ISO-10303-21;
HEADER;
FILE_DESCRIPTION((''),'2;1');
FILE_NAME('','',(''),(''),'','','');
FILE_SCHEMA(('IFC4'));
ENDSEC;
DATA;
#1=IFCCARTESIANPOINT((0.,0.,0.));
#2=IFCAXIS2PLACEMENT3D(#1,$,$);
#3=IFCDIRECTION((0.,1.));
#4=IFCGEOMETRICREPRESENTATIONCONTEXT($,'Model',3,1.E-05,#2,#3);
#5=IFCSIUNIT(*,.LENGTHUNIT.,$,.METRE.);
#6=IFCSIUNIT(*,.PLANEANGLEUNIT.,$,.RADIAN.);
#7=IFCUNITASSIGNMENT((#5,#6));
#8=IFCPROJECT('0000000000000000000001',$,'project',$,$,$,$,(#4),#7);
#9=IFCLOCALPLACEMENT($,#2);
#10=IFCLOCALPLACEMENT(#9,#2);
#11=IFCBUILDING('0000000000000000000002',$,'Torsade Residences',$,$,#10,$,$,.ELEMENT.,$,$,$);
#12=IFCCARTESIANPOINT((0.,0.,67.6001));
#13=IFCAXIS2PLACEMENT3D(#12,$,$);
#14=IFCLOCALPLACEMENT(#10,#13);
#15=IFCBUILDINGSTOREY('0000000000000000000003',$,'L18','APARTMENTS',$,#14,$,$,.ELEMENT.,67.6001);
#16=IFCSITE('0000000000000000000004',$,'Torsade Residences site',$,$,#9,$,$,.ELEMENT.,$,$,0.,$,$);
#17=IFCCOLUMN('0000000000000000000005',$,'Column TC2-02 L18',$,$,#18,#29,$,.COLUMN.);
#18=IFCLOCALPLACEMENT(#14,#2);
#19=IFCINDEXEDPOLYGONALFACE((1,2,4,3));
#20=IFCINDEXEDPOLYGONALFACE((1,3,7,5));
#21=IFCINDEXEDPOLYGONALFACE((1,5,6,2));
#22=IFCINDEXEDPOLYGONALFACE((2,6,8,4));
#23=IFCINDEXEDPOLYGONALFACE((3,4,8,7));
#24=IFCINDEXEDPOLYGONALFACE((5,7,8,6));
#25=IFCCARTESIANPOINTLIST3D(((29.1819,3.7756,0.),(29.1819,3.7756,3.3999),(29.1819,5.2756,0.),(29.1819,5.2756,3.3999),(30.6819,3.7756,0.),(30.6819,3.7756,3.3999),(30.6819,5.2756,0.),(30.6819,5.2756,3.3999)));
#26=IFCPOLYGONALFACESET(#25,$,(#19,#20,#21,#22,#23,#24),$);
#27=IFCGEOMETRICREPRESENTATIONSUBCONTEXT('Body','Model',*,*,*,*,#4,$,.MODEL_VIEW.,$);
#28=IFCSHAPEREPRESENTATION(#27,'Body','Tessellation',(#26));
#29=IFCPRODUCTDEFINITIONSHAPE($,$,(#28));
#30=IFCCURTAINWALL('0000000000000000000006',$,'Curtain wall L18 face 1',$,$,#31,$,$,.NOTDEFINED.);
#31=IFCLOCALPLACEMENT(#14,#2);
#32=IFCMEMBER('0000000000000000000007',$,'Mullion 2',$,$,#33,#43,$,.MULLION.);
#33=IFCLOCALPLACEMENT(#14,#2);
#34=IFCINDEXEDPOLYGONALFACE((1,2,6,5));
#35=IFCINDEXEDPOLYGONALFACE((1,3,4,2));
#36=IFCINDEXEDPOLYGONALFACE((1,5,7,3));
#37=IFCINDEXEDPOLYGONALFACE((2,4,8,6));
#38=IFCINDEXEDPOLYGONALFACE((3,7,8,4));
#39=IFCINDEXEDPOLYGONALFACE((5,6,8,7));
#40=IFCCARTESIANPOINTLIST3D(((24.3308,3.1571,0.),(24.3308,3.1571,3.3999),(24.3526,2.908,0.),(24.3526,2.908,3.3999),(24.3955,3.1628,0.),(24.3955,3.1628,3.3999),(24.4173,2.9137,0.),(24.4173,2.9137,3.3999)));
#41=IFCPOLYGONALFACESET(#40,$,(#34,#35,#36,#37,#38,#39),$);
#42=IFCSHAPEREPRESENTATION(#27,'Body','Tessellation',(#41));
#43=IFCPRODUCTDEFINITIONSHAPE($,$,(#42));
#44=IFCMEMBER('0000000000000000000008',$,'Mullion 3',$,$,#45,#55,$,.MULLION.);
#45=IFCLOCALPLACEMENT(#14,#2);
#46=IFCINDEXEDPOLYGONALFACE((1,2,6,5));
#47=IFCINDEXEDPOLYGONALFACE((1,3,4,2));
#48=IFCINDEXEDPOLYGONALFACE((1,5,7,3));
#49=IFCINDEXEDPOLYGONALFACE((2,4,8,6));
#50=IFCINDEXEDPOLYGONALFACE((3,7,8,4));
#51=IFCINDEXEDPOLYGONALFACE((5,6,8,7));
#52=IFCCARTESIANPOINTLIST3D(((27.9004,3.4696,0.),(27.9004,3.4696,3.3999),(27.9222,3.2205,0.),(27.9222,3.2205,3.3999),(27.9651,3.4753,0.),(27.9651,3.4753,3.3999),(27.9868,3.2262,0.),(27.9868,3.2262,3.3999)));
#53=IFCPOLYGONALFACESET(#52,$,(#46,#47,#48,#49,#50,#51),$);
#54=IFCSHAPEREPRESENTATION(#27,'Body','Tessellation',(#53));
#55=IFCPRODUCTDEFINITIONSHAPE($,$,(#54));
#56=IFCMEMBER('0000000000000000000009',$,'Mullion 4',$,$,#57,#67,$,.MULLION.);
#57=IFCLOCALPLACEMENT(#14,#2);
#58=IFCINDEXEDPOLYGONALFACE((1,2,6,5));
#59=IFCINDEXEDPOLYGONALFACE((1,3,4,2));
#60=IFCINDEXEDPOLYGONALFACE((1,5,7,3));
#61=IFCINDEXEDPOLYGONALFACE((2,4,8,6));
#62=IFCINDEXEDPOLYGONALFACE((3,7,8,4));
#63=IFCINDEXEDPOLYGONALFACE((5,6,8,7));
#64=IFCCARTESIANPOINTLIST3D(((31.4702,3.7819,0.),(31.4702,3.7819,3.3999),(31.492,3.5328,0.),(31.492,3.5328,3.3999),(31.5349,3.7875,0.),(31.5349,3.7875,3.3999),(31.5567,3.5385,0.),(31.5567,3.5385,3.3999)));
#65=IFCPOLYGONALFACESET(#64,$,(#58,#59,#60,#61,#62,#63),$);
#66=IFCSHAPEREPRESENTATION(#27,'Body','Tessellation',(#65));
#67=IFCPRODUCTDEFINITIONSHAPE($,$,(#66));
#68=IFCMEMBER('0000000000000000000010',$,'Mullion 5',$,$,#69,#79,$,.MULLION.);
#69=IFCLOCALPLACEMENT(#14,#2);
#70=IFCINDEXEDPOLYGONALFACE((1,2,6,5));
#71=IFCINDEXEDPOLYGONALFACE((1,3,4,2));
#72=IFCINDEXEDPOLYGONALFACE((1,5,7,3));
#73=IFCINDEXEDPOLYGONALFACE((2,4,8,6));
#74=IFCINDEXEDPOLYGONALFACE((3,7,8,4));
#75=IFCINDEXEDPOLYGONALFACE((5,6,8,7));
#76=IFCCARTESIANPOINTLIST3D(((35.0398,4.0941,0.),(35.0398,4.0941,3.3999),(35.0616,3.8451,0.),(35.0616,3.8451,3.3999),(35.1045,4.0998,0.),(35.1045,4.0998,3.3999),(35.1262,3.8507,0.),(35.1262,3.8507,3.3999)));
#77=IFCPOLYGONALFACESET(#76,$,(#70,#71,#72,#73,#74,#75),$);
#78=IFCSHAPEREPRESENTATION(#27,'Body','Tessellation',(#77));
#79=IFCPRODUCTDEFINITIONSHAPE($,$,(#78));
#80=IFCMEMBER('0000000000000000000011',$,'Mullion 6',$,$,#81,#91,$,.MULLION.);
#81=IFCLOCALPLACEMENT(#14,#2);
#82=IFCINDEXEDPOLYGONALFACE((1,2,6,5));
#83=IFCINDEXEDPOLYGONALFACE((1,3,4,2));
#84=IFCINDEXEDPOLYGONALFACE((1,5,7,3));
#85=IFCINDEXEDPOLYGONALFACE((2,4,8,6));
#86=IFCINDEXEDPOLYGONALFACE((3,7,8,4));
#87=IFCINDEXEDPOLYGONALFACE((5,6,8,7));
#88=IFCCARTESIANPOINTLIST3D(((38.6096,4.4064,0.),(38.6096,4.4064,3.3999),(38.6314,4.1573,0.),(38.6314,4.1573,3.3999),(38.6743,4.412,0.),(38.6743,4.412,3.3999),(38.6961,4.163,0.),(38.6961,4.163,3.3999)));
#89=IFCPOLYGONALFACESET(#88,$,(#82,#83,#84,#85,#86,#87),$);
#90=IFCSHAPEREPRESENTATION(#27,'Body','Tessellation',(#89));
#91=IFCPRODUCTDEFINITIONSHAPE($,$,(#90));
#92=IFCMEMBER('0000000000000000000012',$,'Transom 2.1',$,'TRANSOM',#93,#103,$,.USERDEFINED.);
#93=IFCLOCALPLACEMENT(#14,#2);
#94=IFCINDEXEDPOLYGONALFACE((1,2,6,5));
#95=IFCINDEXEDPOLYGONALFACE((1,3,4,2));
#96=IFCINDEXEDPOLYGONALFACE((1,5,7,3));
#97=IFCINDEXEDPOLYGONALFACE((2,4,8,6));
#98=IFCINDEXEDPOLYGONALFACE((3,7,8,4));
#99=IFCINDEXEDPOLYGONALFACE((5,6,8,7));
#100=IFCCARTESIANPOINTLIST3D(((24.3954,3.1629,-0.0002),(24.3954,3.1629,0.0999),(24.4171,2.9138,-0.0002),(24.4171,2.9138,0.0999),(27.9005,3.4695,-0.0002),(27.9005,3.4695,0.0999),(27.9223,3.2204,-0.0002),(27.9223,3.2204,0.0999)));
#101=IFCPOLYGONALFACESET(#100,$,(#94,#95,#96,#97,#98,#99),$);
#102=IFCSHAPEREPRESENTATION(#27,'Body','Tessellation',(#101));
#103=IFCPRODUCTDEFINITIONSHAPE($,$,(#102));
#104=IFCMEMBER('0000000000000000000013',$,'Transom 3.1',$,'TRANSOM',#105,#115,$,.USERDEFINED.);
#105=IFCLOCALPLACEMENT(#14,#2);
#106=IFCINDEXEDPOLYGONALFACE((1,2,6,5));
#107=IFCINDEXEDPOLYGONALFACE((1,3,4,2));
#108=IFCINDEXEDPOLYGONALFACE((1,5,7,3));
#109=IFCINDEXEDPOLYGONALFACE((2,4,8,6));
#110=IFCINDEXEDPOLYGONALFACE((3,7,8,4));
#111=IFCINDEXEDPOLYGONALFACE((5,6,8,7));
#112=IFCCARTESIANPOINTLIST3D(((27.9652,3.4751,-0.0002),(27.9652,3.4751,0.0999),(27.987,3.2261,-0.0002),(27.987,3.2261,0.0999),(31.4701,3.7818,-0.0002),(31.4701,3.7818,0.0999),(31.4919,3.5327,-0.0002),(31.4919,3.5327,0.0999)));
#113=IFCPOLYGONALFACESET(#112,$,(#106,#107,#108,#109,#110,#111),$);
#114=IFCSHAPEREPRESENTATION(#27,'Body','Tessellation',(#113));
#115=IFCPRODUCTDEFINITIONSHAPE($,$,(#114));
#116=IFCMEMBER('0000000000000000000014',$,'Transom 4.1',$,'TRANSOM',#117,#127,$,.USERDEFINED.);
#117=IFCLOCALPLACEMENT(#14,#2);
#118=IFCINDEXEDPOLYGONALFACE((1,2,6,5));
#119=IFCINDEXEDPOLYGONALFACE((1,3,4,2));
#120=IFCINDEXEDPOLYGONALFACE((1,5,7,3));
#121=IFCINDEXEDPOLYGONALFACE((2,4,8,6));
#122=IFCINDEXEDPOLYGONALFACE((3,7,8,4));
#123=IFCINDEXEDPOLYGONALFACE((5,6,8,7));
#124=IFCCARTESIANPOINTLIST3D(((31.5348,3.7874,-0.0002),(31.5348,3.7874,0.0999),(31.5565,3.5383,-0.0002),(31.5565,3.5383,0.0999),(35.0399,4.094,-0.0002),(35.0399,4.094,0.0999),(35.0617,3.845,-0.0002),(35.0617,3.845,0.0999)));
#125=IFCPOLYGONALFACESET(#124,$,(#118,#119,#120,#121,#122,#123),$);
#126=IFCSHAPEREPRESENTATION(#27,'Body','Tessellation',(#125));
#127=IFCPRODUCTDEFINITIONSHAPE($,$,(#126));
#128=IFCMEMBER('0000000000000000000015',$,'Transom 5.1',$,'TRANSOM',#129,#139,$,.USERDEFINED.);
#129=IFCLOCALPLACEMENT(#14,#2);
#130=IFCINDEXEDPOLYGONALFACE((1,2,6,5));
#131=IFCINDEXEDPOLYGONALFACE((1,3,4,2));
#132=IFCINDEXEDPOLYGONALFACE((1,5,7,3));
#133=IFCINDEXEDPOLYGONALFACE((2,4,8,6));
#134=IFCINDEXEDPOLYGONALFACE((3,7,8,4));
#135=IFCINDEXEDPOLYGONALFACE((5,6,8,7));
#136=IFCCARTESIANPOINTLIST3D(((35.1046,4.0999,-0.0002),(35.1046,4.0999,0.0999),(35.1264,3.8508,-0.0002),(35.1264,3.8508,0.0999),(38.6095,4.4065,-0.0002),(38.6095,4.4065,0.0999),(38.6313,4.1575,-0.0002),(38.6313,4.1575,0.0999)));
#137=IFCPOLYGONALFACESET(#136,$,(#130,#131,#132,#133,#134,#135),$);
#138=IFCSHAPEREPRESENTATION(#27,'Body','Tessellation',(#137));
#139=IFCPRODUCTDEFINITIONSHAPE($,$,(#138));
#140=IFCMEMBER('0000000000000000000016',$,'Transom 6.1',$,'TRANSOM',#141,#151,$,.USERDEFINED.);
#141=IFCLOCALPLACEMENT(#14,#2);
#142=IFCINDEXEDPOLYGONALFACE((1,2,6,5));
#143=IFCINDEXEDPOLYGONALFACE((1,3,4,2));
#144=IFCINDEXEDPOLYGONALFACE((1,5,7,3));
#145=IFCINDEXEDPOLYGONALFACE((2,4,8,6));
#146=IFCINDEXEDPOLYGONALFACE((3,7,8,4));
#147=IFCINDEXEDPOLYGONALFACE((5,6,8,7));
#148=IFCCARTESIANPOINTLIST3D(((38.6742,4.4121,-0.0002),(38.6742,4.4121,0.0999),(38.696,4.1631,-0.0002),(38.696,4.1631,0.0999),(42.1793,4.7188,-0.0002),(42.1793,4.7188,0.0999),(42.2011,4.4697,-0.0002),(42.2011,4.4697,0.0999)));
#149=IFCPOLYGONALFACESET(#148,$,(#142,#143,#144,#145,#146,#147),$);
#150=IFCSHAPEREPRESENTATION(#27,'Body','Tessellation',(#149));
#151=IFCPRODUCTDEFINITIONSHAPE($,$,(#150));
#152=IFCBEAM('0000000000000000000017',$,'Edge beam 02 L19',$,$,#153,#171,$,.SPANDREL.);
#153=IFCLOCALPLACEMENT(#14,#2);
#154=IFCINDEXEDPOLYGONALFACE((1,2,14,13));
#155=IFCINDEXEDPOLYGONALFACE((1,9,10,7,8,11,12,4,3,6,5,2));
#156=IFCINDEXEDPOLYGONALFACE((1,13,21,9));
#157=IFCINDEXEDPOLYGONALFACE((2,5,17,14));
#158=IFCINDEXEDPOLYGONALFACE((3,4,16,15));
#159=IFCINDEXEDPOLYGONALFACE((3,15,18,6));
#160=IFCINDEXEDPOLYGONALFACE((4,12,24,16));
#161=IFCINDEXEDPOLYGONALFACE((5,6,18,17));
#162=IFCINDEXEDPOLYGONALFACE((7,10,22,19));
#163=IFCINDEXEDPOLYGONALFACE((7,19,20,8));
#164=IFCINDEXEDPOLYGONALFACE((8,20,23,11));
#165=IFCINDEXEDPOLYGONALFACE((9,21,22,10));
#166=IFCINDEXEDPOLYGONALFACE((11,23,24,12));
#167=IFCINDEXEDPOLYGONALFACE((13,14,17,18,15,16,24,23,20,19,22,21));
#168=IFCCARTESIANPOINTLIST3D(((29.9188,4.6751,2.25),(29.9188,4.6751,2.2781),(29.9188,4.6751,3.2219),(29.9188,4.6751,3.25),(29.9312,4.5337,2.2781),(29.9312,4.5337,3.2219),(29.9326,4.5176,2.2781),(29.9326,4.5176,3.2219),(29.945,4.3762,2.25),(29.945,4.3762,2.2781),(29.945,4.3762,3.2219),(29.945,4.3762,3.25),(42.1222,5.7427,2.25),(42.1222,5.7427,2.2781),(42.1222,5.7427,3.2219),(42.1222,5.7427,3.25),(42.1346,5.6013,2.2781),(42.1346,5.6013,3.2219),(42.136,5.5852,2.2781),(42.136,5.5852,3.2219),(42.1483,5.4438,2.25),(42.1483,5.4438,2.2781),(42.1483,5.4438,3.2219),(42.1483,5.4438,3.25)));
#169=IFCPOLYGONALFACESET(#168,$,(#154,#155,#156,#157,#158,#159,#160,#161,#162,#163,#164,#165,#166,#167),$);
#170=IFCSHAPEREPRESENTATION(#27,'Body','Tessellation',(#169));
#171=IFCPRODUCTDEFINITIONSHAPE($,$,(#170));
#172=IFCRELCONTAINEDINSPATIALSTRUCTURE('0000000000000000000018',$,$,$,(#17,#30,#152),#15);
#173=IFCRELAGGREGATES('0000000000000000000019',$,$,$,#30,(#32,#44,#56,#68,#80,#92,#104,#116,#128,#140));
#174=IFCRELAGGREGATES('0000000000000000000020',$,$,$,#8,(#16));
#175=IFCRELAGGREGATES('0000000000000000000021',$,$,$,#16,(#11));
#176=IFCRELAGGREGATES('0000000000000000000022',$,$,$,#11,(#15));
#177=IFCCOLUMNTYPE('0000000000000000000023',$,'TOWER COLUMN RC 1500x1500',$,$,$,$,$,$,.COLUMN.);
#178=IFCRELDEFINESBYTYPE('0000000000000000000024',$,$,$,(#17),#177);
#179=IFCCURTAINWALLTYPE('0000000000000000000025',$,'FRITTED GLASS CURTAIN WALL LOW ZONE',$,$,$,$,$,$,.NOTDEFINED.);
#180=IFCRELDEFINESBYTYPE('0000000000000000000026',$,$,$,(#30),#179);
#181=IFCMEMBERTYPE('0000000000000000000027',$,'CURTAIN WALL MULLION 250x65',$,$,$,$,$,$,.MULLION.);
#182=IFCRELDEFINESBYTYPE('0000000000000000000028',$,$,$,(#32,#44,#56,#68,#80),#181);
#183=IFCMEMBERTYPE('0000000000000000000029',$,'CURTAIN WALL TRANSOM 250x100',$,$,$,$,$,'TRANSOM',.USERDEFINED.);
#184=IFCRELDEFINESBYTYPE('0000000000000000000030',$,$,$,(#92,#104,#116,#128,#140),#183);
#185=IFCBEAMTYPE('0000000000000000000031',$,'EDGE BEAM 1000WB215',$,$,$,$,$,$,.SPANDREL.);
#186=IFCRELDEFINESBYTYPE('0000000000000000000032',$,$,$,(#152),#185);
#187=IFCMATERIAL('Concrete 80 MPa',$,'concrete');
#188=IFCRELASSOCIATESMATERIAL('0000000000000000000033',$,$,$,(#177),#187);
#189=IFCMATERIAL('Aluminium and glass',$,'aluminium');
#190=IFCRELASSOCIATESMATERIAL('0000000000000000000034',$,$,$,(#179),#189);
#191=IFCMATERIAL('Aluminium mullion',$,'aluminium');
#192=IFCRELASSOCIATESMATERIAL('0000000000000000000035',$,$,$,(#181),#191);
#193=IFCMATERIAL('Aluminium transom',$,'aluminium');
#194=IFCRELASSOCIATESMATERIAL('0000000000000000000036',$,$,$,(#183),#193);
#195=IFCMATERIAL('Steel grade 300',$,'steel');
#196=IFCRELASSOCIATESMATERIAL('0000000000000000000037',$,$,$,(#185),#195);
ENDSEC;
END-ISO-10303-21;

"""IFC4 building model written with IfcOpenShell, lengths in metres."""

from ifc_helpers import new_model, si_unit, direction, frame, origin, origin_2d, place, context, subcontext, project, spatial, rectangle, i_section, extrude, material, material_profile, profile_set, type_object, element, aggregate, save


model = new_model("IFC4")

# Units and contexts
model_context = context("Model", 3, precision=1e-05, world=origin(), true_north=direction((0.0, 1.0)))
body_context = subcontext(model_context, "Body", "Model", "MODEL_VIEW")
ifc_project = project(units=[si_unit("LENGTHUNIT", "METRE"), si_unit("PLANEANGLEUNIT", "RADIAN")], contexts=[model_context])

# Site, building, storey
site_placement = place(None, origin())
site = spatial("IfcSite", under=ifc_project, at=site_placement, Name="Torsade Residences site", CompositionType="ELEMENT", RefElevation=0.0)
building_placement = place(site_placement, origin())
building = spatial("IfcBuilding", under=site, at=building_placement, Name="Torsade Residences", CompositionType="ELEMENT")
storey_placement = place(building_placement, frame((0.0, 0.0, 67.6001)))
storey = spatial("IfcBuildingStorey", under=building, at=storey_placement, Name="L18", Description="APARTMENTS", CompositionType="ELEMENT", Elevation=67.6001)

# Column
ifc_material_1 = material(Name="Concrete 80 MPa", Category="concrete")
ifc_material_profile_1 = material_profile(ifc_material_1, rectangle(XDim=1.5, YDim=1.5, at=origin_2d()), Name="RC 1500x1500")
ifc_profile_set_1 = profile_set([ifc_material_profile_1], Name="Concrete 80 MPa")
column_type = type_object("IfcColumnType", Name="TOWER COLUMN RC 1500x1500", PredefinedType="COLUMN", material=ifc_profile_set_1)
column_placement = place(storey_placement, frame((29.9319, 4.5256, 0.0), z_axis=(0.0, 0.0, 1.0), x_axis=(1.0, 0.0, 0.0)))
element("IfcColumn", 1, at=column_placement, inside=storey, type_object=column_type, Name="Column TC2-02 L18", PredefinedType="COLUMN", context=body_context, shape_type="SweptSolid", body=[
    extrude(rectangle(XDim=1.5, YDim=1.5, at=origin_2d()), origin(), (0.0, 0.0, 1.0), 3.3999),
])

# Curtain wall, members
ifc_material_2 = material(Name="Aluminium and glass", Category="aluminium")
curtain_wall_type = type_object("IfcCurtainWallType", Name="FRITTED GLASS CURTAIN WALL LOW ZONE", PredefinedType="NOTDEFINED", material=ifc_material_2)
curtain_wall_placement = place(storey_placement, origin())
curtain_wall = element("IfcCurtainWall", 2, at=curtain_wall_placement, inside=storey, type_object=curtain_wall_type, Name="Curtain wall L18 face 1", PredefinedType="NOTDEFINED")
ifc_material_3 = material(Name="Aluminium mullion", Category="aluminium")
ifc_material_profile_2 = material_profile(ifc_material_3, rectangle(XDim=0.25, YDim=0.0649, at=origin_2d()), Name="CURTAIN WALL MULLION 250x65")
ifc_profile_set_2 = profile_set([ifc_material_profile_2], Name="Aluminium mullion")
member_type_1 = type_object("IfcMemberType", Name="CURTAIN WALL MULLION 250x65", PredefinedType="MULLION", material=ifc_profile_set_2)
member_1_placement = place(storey_placement, frame((24.374, 3.0354, 0.0), z_axis=(0.0, 0.0, 1.0), x_axis=(-0.087156, 0.996195, 0.0)))
member_1 = element("IfcMember", 3, at=member_1_placement, type_object=member_type_1, Name="Mullion 2", PredefinedType="MULLION", context=body_context, shape_type="SweptSolid", body=[
    extrude(rectangle(XDim=0.25, YDim=0.0649, at=origin_2d()), origin(), (0.0, 0.0, 1.0), 3.3999),
])
member_2_placement = place(storey_placement, frame((27.9436, 3.3479, 0.0), z_axis=(0.0, 0.0, 1.0), x_axis=(-0.087156, 0.996195, 0.0)))
member_2 = element("IfcMember", 4, at=member_2_placement, type_object=member_type_1, Name="Mullion 3", PredefinedType="MULLION", context=body_context, shape_type="SweptSolid", body=[
    extrude(rectangle(XDim=0.25, YDim=0.0649, at=origin_2d()), origin(), (0.0, 0.0, 1.0), 3.3999),
])
member_3_placement = place(storey_placement, frame((31.5134, 3.6602, 0.0), z_axis=(0.0, 0.0, 1.0), x_axis=(-0.087156, 0.996195, 0.0)))
member_3 = element("IfcMember", 5, at=member_3_placement, type_object=member_type_1, Name="Mullion 4", PredefinedType="MULLION", context=body_context, shape_type="SweptSolid", body=[
    extrude(rectangle(XDim=0.25, YDim=0.0649, at=origin_2d()), origin(), (0.0, 0.0, 1.0), 3.3999),
])
member_4_placement = place(storey_placement, frame((35.083, 3.9724, 0.0), z_axis=(0.0, 0.0, 1.0), x_axis=(-0.087156, 0.996195, 0.0)))
member_4 = element("IfcMember", 6, at=member_4_placement, type_object=member_type_1, Name="Mullion 5", PredefinedType="MULLION", context=body_context, shape_type="SweptSolid", body=[
    extrude(rectangle(XDim=0.25, YDim=0.0649, at=origin_2d()), origin(), (0.0, 0.0, 1.0), 3.3999),
])
member_5_placement = place(storey_placement, frame((38.6528, 4.2847, 0.0), z_axis=(0.0, 0.0, 1.0), x_axis=(-0.087156, 0.996195, 0.0)))
member_5 = element("IfcMember", 7, at=member_5_placement, type_object=member_type_1, Name="Mullion 6", PredefinedType="MULLION", context=body_context, shape_type="SweptSolid", body=[
    extrude(rectangle(XDim=0.25, YDim=0.0649, at=origin_2d()), origin(), (0.0, 0.0, 1.0), 3.3999),
])
ifc_material_4 = material(Name="Aluminium transom", Category="aluminium")
ifc_material_profile_3 = material_profile(ifc_material_4, rectangle(XDim=0.25, YDim=0.1001, at=origin_2d()), Name="CURTAIN WALL TRANSOM 250x100")
ifc_profile_set_3 = profile_set([ifc_material_profile_3], Name="Aluminium transom")
member_type_2 = type_object("IfcMemberType", Name="CURTAIN WALL TRANSOM 250x100", ElementType="TRANSOM", PredefinedType="USERDEFINED", material=ifc_profile_set_3)
member_6_placement = place(storey_placement, frame((24.4062, 3.0383, 0.0498), z_axis=(0.996195, 0.087151, 0.0), x_axis=(-0.087151, 0.996195, 0.0)))
member_6 = element("IfcMember", 8, at=member_6_placement, type_object=member_type_2, Name="Transom 2.1", ObjectType="TRANSOM", PredefinedType="USERDEFINED", context=body_context, shape_type="SweptSolid", body=[
    extrude(rectangle(XDim=0.25, YDim=0.1001, at=origin_2d()), origin(), (0.0, 0.0, 1.0), 3.5186),
])
member_7_placement = place(storey_placement, frame((27.9761, 3.3506, 0.0498), z_axis=(0.996195, 0.087157, 0.0), x_axis=(-0.087157, 0.996195, 0.0)))
member_7 = element("IfcMember", 9, at=member_7_placement, type_object=member_type_2, Name="Transom 3.1", ObjectType="TRANSOM", PredefinedType="USERDEFINED", context=body_context, shape_type="SweptSolid", body=[
    extrude(rectangle(XDim=0.25, YDim=0.1001, at=origin_2d()), origin(), (0.0, 0.0, 1.0), 3.5183),
])
member_8_placement = place(storey_placement, frame((31.5457, 3.6628, 0.0498), z_axis=(0.996195, 0.087151, 0.0), x_axis=(-0.087151, 0.996195, 0.0)))
member_8 = element("IfcMember", 10, at=member_8_placement, type_object=member_type_2, Name="Transom 4.1", ObjectType="TRANSOM", PredefinedType="USERDEFINED", context=body_context, shape_type="SweptSolid", body=[
    extrude(rectangle(XDim=0.25, YDim=0.1001, at=origin_2d()), origin(), (0.0, 0.0, 1.0), 3.5186),
])
member_9_placement = place(storey_placement, frame((35.1155, 3.9753, 0.0498), z_axis=(0.996195, 0.087157, 0.0), x_axis=(-0.087157, 0.996195, 0.0)))
member_9 = element("IfcMember", 11, at=member_9_placement, type_object=member_type_2, Name="Transom 5.1", ObjectType="TRANSOM", PredefinedType="USERDEFINED", context=body_context, shape_type="SweptSolid", body=[
    extrude(rectangle(XDim=0.25, YDim=0.1001, at=origin_2d()), origin(), (0.0, 0.0, 1.0), 3.5183),
])
member_10_placement = place(storey_placement, frame((38.6851, 4.2876, 0.0498), z_axis=(0.996195, 0.087151, 0.0), x_axis=(-0.087151, 0.996195, 0.0)))
member_10 = element("IfcMember", 12, at=member_10_placement, type_object=member_type_2, Name="Transom 6.1", ObjectType="TRANSOM", PredefinedType="USERDEFINED", context=body_context, shape_type="SweptSolid", body=[
    extrude(rectangle(XDim=0.25, YDim=0.1001, at=origin_2d()), origin(), (0.0, 0.0, 1.0), 3.5186),
])

# Beam
ifc_material_5 = material(Name="Steel grade 300", Category="steel")
ifc_material_profile_4 = material_profile(ifc_material_5, i_section(OverallWidth=0.3, OverallDepth=1.0, WebThickness=0.0161, FlangeThickness=0.0281, at=origin_2d()), Name="1000WB215")
ifc_profile_set_4 = profile_set([ifc_material_profile_4], Name="Steel grade 300")
beam_type_1 = type_object("IfcBeamType", Name="EDGE BEAM 1000WB215", PredefinedType="SPANDREL", material=ifc_profile_set_4)
beam_1_placement = place(storey_placement, frame((29.9319, 4.5256, 2.75), z_axis=(0.996195, 0.087153, 0.0), x_axis=(-0.087153, 0.996195, 0.0)))
element("IfcBeam", 13, at=beam_1_placement, inside=storey, type_object=beam_type_1, Name="Edge beam 02 L19", PredefinedType="SPANDREL", context=body_context, shape_type="SweptSolid", body=[
    extrude(i_section(OverallWidth=0.3, OverallDepth=1.0, WebThickness=0.0161, FlangeThickness=0.0281, at=origin_2d()), origin(), (0.0, 0.0, 1.0), 12.25),
])

aggregate(curtain_wall, [member_1, member_2, member_3, member_4, member_5, member_6, member_7, member_8, member_9, member_10])

save(model, "model.ifc")
